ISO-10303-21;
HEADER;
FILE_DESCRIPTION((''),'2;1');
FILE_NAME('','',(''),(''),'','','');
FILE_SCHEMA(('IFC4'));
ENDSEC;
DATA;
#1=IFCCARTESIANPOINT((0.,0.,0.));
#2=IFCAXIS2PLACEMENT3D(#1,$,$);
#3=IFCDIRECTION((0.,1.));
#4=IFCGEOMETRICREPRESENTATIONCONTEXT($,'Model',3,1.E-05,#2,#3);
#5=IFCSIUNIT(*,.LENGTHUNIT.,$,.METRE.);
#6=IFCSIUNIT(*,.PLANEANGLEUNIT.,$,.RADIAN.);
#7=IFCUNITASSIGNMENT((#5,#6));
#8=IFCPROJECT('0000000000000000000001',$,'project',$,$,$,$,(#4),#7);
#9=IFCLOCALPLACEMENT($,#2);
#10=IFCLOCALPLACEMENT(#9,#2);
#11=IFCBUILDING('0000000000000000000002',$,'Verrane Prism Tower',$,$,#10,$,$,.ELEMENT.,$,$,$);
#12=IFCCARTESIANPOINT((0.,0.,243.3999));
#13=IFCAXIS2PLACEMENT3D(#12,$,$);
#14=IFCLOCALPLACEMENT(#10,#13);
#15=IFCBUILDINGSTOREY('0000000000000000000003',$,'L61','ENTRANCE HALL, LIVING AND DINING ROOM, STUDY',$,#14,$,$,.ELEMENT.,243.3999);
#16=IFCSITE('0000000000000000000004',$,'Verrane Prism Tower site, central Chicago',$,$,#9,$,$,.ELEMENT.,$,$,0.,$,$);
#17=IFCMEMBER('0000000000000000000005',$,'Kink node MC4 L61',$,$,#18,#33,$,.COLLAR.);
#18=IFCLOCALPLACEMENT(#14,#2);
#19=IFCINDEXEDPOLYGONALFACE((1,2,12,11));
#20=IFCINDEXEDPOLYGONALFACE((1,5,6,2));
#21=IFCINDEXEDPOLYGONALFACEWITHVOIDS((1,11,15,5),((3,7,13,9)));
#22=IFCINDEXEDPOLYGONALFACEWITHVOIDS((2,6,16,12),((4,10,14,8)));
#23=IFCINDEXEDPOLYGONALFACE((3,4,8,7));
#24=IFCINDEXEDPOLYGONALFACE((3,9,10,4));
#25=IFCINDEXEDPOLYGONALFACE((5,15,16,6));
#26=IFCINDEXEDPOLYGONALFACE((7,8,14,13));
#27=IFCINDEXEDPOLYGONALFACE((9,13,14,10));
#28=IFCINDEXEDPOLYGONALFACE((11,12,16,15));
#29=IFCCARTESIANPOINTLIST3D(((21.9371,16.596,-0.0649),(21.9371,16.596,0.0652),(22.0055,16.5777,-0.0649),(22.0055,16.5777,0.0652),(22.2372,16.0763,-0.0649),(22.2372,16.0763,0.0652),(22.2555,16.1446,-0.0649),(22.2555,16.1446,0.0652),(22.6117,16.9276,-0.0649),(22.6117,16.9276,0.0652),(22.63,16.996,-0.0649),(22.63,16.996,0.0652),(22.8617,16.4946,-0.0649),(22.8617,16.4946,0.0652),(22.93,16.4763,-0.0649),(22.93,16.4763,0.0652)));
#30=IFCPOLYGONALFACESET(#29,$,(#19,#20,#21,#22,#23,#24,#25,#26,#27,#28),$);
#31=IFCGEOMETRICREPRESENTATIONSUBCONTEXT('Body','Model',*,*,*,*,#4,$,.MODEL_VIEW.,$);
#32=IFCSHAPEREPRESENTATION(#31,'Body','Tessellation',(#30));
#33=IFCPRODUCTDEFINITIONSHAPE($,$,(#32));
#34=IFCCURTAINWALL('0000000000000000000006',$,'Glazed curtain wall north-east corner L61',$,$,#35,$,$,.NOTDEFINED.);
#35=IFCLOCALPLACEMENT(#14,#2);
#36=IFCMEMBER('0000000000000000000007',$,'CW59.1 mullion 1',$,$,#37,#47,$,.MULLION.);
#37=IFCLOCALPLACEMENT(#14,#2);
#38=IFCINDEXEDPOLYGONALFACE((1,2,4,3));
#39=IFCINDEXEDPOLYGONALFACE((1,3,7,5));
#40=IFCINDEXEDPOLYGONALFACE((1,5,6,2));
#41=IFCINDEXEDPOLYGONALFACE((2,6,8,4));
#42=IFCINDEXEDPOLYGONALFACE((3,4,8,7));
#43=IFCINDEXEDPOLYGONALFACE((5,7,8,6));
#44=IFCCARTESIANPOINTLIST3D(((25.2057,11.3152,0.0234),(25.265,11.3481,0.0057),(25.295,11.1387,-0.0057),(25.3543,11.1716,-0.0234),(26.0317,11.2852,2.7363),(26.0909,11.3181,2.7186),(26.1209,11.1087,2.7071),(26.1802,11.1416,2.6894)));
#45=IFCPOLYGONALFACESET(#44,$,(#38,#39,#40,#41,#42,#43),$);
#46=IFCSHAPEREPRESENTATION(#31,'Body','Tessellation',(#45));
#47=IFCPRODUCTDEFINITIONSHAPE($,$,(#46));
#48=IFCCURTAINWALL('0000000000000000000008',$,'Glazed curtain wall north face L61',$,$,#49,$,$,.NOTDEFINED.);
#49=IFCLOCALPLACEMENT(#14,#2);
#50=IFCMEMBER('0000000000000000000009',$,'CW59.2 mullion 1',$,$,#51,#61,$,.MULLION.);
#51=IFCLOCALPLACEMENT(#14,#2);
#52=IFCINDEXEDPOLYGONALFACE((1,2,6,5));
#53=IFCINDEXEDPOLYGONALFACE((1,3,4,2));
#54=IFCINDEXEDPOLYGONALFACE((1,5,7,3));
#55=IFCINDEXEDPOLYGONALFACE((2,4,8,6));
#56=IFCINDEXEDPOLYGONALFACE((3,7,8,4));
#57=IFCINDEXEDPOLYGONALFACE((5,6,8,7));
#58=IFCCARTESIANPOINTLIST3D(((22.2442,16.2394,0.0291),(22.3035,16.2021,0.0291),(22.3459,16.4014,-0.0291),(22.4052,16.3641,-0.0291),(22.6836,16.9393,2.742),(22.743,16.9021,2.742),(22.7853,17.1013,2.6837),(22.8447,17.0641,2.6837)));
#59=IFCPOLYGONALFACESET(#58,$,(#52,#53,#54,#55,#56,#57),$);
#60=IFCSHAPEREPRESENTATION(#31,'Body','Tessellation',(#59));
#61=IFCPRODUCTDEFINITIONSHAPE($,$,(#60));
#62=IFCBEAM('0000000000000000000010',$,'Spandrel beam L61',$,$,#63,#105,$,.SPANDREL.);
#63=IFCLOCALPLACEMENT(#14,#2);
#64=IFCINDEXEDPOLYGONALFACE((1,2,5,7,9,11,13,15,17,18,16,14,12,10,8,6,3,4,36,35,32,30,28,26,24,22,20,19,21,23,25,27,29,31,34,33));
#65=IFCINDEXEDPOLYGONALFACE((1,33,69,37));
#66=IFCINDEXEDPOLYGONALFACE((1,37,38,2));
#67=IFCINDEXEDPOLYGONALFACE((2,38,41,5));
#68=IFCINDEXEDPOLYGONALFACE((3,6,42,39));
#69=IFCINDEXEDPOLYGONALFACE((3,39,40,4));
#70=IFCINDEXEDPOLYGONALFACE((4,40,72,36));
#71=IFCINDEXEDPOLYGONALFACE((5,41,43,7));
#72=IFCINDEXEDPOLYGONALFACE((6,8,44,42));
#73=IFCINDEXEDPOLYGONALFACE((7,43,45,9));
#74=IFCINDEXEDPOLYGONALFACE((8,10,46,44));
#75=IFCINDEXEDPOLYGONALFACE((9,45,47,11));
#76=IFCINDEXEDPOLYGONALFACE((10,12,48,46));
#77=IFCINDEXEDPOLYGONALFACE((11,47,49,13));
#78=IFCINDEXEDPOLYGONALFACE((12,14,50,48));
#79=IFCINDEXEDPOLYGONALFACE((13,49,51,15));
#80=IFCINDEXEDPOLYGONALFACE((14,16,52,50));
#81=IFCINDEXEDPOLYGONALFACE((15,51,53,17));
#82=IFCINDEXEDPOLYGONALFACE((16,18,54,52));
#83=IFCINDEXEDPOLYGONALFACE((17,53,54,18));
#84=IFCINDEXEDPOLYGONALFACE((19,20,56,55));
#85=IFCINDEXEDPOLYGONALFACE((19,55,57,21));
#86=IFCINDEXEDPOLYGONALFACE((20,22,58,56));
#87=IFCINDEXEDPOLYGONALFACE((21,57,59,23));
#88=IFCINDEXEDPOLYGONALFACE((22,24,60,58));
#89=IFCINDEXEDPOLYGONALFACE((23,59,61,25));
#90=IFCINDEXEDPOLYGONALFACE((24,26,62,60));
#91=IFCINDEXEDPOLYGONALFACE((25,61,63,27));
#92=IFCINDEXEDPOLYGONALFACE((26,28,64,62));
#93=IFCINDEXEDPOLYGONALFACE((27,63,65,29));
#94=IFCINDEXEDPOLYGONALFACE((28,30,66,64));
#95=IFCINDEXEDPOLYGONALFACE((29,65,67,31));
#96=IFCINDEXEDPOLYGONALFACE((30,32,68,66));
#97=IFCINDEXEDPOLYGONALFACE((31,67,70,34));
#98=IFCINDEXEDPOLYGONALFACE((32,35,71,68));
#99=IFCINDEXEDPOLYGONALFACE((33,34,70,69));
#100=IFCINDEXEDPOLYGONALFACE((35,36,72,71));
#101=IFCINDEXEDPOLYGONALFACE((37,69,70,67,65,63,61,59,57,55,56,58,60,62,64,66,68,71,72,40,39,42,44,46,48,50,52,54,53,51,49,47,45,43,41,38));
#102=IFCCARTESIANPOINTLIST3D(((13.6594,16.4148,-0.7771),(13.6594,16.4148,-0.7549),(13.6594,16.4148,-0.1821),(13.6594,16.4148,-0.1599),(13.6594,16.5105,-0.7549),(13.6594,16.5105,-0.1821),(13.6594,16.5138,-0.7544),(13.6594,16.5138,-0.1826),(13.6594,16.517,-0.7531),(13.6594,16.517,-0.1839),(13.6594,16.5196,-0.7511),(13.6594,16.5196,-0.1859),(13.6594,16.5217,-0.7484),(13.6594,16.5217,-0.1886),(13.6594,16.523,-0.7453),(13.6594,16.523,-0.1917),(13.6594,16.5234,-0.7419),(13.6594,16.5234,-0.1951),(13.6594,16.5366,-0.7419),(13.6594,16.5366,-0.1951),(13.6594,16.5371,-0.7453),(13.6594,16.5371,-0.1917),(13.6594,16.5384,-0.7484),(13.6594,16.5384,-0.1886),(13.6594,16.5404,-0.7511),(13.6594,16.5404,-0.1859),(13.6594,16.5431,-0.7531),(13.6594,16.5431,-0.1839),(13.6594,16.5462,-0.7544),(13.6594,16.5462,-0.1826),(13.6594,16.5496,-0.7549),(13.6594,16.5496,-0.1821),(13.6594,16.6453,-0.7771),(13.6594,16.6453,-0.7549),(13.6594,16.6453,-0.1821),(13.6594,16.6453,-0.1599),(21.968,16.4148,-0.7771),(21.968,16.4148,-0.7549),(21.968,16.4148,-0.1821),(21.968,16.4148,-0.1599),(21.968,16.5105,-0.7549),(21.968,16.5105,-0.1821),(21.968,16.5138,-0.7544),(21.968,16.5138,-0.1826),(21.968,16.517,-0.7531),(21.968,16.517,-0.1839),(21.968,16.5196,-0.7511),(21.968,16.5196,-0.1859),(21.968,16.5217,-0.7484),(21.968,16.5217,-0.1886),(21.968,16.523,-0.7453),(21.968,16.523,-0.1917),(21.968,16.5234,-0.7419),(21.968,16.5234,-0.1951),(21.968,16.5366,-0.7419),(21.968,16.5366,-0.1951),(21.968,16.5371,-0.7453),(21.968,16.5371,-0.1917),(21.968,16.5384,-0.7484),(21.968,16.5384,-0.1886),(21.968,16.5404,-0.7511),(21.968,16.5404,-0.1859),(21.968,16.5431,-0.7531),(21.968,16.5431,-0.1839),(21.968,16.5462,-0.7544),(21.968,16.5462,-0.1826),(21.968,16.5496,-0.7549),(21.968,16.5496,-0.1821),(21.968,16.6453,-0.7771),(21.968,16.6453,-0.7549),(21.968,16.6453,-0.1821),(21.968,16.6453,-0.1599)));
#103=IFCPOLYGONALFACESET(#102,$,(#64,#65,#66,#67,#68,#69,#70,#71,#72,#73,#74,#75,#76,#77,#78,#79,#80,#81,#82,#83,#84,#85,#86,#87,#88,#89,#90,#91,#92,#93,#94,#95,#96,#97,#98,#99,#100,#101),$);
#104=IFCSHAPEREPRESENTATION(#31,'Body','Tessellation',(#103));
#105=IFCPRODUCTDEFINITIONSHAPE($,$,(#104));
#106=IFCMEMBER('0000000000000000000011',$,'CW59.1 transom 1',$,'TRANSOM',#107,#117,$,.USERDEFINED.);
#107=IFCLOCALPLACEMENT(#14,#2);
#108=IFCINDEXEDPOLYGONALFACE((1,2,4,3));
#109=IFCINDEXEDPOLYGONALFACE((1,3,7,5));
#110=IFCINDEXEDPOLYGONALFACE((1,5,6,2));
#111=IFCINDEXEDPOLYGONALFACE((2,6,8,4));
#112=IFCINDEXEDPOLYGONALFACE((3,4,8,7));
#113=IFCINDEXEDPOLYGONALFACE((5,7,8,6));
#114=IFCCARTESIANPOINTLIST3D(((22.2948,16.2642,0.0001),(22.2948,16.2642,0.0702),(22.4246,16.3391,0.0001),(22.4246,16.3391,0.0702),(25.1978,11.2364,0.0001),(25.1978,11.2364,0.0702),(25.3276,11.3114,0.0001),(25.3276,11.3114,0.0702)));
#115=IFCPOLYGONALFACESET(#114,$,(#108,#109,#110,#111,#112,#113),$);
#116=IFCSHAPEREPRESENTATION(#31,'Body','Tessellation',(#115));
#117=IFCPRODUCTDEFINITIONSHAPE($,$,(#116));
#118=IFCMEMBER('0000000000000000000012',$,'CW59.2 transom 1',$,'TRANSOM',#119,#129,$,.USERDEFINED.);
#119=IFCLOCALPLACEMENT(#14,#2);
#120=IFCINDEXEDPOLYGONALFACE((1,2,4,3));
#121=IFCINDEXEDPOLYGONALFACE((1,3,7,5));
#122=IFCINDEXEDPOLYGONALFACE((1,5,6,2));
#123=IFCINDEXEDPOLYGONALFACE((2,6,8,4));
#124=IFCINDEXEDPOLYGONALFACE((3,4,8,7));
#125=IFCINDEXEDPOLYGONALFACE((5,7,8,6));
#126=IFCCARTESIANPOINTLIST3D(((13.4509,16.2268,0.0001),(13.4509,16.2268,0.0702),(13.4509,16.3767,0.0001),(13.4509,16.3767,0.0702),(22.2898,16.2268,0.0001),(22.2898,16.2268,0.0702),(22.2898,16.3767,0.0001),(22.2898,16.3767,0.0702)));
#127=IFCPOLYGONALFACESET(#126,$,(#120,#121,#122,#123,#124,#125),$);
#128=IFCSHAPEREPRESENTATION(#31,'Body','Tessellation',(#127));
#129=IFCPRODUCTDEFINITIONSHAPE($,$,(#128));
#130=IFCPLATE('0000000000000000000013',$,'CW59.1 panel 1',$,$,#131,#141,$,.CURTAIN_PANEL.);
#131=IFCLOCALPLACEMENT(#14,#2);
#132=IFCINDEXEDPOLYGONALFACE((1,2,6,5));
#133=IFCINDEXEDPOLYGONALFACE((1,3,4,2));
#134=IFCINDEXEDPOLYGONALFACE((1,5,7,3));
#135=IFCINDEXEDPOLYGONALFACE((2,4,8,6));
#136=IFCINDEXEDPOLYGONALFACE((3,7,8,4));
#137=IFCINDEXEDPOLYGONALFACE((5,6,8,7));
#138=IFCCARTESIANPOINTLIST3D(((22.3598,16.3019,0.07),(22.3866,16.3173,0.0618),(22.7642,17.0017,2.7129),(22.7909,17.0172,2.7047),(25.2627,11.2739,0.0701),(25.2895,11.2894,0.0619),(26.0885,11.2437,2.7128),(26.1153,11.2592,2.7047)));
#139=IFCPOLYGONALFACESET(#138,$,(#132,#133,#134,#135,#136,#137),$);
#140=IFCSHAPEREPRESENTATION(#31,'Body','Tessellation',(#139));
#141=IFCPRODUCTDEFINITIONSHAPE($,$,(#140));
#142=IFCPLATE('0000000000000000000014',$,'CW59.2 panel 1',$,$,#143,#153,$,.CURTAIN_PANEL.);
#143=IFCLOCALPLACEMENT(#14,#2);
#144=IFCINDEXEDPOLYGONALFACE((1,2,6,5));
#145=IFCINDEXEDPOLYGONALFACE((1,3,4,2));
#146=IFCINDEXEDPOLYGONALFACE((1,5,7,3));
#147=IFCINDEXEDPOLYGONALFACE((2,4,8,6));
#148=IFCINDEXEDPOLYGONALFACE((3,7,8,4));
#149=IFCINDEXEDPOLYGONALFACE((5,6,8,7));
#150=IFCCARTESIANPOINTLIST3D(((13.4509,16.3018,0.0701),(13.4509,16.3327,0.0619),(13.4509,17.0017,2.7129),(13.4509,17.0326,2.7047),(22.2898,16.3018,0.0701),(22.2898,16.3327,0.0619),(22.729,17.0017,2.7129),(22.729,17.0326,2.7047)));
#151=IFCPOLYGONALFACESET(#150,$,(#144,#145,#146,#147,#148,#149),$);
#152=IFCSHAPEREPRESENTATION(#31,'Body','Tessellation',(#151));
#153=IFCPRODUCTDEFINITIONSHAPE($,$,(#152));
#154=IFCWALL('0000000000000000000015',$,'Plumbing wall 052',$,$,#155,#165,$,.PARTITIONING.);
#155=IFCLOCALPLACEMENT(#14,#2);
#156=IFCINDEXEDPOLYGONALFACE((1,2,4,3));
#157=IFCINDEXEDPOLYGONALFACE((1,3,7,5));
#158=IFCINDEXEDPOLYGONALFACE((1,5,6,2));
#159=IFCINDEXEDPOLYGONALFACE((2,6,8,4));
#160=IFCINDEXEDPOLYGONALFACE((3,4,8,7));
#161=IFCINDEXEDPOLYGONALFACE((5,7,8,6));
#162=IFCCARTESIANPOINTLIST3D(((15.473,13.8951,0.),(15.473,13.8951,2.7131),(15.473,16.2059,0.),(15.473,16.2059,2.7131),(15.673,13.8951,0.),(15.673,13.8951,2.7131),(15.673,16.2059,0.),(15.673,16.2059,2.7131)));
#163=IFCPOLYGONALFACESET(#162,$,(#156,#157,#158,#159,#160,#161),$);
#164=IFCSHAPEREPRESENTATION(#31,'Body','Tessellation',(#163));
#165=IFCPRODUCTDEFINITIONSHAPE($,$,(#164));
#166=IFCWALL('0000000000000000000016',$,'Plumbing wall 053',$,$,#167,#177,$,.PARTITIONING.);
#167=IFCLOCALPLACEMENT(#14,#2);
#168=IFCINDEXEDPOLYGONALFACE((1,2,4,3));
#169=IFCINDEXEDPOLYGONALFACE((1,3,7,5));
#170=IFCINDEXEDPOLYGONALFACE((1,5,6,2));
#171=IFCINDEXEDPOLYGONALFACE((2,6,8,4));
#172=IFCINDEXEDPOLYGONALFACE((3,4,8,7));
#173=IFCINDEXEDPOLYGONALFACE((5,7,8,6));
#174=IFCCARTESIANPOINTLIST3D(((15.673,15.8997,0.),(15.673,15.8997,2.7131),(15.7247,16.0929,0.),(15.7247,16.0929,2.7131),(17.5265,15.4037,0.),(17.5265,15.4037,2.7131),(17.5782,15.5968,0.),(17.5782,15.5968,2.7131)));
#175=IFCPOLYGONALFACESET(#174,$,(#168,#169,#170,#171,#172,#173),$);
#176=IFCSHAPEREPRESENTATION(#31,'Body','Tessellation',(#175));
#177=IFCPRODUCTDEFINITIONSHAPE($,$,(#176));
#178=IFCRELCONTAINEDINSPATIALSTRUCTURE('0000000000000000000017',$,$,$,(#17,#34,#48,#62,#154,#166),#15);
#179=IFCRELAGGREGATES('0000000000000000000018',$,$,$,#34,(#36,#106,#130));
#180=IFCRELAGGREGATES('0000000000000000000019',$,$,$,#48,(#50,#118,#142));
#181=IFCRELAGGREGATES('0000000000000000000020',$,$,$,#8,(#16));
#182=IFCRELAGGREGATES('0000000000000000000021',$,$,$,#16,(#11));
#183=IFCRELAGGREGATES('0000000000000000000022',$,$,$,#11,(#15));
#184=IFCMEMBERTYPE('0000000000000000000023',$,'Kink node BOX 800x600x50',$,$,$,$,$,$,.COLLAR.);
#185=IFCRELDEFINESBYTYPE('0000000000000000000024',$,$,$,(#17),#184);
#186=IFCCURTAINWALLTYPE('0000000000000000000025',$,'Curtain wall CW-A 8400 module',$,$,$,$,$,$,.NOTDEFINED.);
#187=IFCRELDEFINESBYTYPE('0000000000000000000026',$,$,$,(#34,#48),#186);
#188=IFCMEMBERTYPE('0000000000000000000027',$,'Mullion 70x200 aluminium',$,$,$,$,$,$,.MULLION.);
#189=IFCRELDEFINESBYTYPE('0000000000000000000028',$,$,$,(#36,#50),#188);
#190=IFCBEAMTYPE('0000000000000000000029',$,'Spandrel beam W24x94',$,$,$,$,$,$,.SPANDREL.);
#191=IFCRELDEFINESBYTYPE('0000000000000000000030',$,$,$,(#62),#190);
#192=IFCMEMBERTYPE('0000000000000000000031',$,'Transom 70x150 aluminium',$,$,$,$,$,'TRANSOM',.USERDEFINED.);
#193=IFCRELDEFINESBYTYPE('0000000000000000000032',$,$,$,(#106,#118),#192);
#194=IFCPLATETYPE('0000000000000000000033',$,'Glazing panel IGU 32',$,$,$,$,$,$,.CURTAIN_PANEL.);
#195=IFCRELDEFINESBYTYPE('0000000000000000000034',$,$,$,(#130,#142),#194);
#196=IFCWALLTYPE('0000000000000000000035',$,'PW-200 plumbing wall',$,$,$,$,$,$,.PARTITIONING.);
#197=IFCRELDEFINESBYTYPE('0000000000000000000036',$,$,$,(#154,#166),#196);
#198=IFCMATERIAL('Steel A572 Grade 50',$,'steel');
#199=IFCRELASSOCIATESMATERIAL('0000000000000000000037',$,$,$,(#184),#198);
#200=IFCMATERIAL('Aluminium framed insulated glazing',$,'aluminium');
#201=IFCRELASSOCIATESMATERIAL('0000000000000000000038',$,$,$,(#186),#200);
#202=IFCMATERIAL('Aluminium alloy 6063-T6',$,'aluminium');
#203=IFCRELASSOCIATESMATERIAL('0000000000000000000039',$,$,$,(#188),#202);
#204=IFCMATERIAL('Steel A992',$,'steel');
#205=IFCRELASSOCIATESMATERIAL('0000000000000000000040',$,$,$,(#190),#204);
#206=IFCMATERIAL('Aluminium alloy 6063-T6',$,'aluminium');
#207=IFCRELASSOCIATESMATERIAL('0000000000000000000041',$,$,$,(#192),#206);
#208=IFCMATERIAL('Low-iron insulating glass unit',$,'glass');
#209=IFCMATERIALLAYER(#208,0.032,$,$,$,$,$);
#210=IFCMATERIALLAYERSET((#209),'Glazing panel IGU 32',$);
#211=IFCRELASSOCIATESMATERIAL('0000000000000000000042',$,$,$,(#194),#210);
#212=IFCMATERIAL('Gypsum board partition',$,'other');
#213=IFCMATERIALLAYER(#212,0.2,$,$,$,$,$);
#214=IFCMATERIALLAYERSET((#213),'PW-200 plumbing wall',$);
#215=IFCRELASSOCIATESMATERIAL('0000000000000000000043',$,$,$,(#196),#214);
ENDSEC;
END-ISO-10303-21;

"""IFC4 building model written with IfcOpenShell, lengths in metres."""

from ifc_helpers import new_model, si_unit, direction, frame, frame_2d, origin, origin_2d, place, context, subcontext, project, spatial, polyline, rectangle, hollow_rectangle, i_section, outline, extrude, material, layer, layer_set, material_profile, profile_set, type_object, element, aggregate, save


model = new_model("IFC4")

# Units and contexts
model_context = context("Model", 3, precision=1e-05, world=origin(), true_north=direction((0.0, 1.0)))
body_context = subcontext(model_context, "Body", "Model", "MODEL_VIEW")
ifc_project = project(units=[si_unit("LENGTHUNIT", "METRE"), si_unit("PLANEANGLEUNIT", "RADIAN")], contexts=[model_context])

# Site, building, storey
site_placement = place(None, origin())
site = spatial("IfcSite", under=ifc_project, at=site_placement, Name="Verrane Prism Tower site, central Chicago", CompositionType="ELEMENT", RefElevation=0.0)
building_placement = place(site_placement, origin())
building = spatial("IfcBuilding", under=site, at=building_placement, Name="Verrane Prism Tower", CompositionType="ELEMENT")
storey_placement = place(building_placement, frame((0.0, 0.0, 243.3999)))
storey = spatial("IfcBuildingStorey", under=building, at=storey_placement, Name="L61", Description="ENTRANCE HALL, LIVING AND DINING ROOM, STUDY", CompositionType="ELEMENT", Elevation=243.3999)

# Member
ifc_material_1 = material(Name="Steel A572 Grade 50", Category="steel")
ifc_material_profile_1 = material_profile(ifc_material_1, hollow_rectangle(XDim=0.6001, YDim=0.8, WallThickness=0.05, at=origin_2d()), Name="BOX 800x600x50")
ifc_profile_set_1 = profile_set([ifc_material_profile_1], Name="Steel A572 Grade 50")
member_type_1 = type_object("IfcMemberType", Name="Kink node BOX 800x600x50", PredefinedType="COLLAR", material=ifc_profile_set_1)
for number, where, z_axis, x_axis, name in (
    (1, (22.4336, 16.5361, -0.0649), (0.0, 0.0, 1.0), (0.5, -0.866025, 0.0), "Kink node MC4 L61"),
):
    element("IfcMember", number, at=place(storey_placement, frame(where, z_axis=z_axis, x_axis=x_axis)), inside=storey, type_object=member_type_1, Name=name, PredefinedType="COLLAR", context=body_context, shape_type="SweptSolid", body=[
        extrude(hollow_rectangle(XDim=0.6001, YDim=0.8, WallThickness=0.05, at=origin_2d()), origin(), (0.0, 0.0, 1.0), 0.1301),
    ])

# Curtain walls, members
ifc_material_2 = material(Name="Aluminium framed insulated glazing", Category="aluminium")
curtain_wall_type = type_object("IfcCurtainWallType", Name="Curtain wall CW-A 8400 module", PredefinedType="NOTDEFINED", material=ifc_material_2)
curtain_wall_1_placement = place(storey_placement, origin())
curtain_wall_1 = element("IfcCurtainWall", 2, at=curtain_wall_1_placement, inside=storey, type_object=curtain_wall_type, Name="Glazed curtain wall north-east corner L61", PredefinedType="NOTDEFINED")
ifc_material_3 = material(Name="Aluminium alloy 6063-T6", Category="aluminium")
ifc_material_profile_2 = material_profile(ifc_material_3, rectangle(XDim=0.2, YDim=0.0701, at=origin_2d()), Name="Mullion 70x200 aluminium")
ifc_profile_set_2 = profile_set([ifc_material_profile_2], Name="Aluminium alloy 6063-T6")
member_type_2 = type_object("IfcMemberType", Name="Mullion 70x200 aluminium", PredefinedType="MULLION", material=ifc_profile_set_2)
member_1_placement = place(storey_placement, frame((25.28, 11.2434, 0.0), z_axis=(0.291231, -0.010589, 0.956594), x_axis=(0.446514, -0.882832, -0.145712)))
member_1 = element("IfcMember", 3, at=member_1_placement, type_object=member_type_2, Name="CW59.1 mullion 1", PredefinedType="MULLION", context=body_context, shape_type="SweptSolid", body=[
    extrude(rectangle(XDim=0.2, YDim=0.0701, at=origin_2d()), origin(), (0.0, 0.0, 1.0), 2.8359),
])
curtain_wall_2_placement = place(storey_placement, origin())
curtain_wall_2 = element("IfcCurtainWall", 4, at=curtain_wall_2_placement, inside=storey, type_object=curtain_wall_type, Name="Glazed curtain wall north face L61", PredefinedType="NOTDEFINED")
member_2_placement = place(storey_placement, frame((22.3247, 16.3018, 0.0), z_axis=(0.154956, 0.24681, 0.956595), x_axis=(0.508644, 0.810157, -0.291422)))
member_2 = element("IfcMember", 5, at=member_2_placement, type_object=member_type_2, Name="CW59.2 mullion 1", PredefinedType="MULLION", context=body_context, shape_type="SweptSolid", body=[
    extrude(rectangle(XDim=0.2, YDim=0.0701, at=origin_2d()), origin(), (0.0, 0.0, 1.0), 2.8359),
])

# Beam
ifc_material_4 = material(Name="Steel A992", Category="steel")
ifc_material_profile_3 = material_profile(ifc_material_4, i_section(OverallWidth=0.2305, OverallDepth=0.6172, WebThickness=0.0132, FlangeThickness=0.0222, FilletRadius=0.0129, at=origin_2d()), Name="W24x94")
ifc_profile_set_3 = profile_set([ifc_material_profile_3], Name="Steel A992")
beam_type_1 = type_object("IfcBeamType", Name="Spandrel beam W24x94", PredefinedType="SPANDREL", material=ifc_profile_set_3)
beam_1_placement = place(storey_placement, frame((21.968, 16.53, -0.4685), z_axis=(-1.0, 0.0, 0.0), x_axis=(0.0, -1.0, 0.0)))
element("IfcBeam", 6, at=beam_1_placement, inside=storey, type_object=beam_type_1, Name="Spandrel beam L61", PredefinedType="SPANDREL", context=body_context, shape_type="SweptSolid", body=[
    extrude(i_section(OverallWidth=0.2305, OverallDepth=0.6172, WebThickness=0.0132, FlangeThickness=0.0222, FilletRadius=0.0129, at=origin_2d()), origin(), (0.0, 0.0, 1.0), 8.3086),
])

# Members
ifc_material_5 = material(Name="Aluminium alloy 6063-T6", Category="aluminium")
ifc_material_profile_4 = material_profile(ifc_material_5, rectangle(XDim=0.1499, YDim=0.0701, at=origin_2d()), Name="Transom 70x150 aluminium")
ifc_profile_set_4 = profile_set([ifc_material_profile_4], Name="Aluminium alloy 6063-T6")
member_type_3 = type_object("IfcMemberType", Name="Transom 70x150 aluminium", ElementType="TRANSOM", PredefinedType="USERDEFINED", material=ifc_profile_set_4)
member_3_placement = place(storey_placement, frame((25.2627, 11.2739, 0.0352), z_axis=(-0.500033, 0.866006, 0.0), x_axis=(-0.866006, -0.500033, 0.0)))
member_3 = element("IfcMember", 7, at=member_3_placement, type_object=member_type_3, Name="CW59.1 transom 1", ObjectType="TRANSOM", PredefinedType="USERDEFINED", context=body_context, shape_type="SweptSolid", body=[
    extrude(rectangle(XDim=0.1499, YDim=0.0701, at=origin_2d()), origin(), (0.0, 0.0, 1.0), 5.8057),
])
member_4_placement = place(storey_placement, frame((22.2898, 16.3018, 0.0352), z_axis=(-1.0, 0.0, 0.0), x_axis=(0.0, -1.0, 0.0)))
member_4 = element("IfcMember", 8, at=member_4_placement, type_object=member_type_3, Name="CW59.2 transom 1", ObjectType="TRANSOM", PredefinedType="USERDEFINED", context=body_context, shape_type="SweptSolid", body=[
    extrude(rectangle(XDim=0.1499, YDim=0.0701, at=origin_2d()), origin(), (0.0, 0.0, 1.0), 8.8389),
])

# Plates
ifc_material_6 = material(Name="Low-iron insulating glass unit", Category="glass")
ifc_layer_1 = layer(ifc_material_6, 0.032)
ifc_layer_set_1 = layer_set([ifc_layer_1], Name="Glazing panel IGU 32")
plate_type = type_object("IfcPlateType", Name="Glazing panel IGU 32", PredefinedType="CURTAIN_PANEL", material=ifc_layer_set_1)
plate_1_placement = place(storey_placement, frame((25.2627, 11.2739, 0.0701), z_axis=(-0.837146, -0.483331, 0.256081), x_axis=(-0.500005, 0.866022, -0.000008)))
plate_1 = element("IfcPlate", 9, at=plate_1_placement, type_object=plate_type, Name="CW59.1 panel 1", PredefinedType="CURTAIN_PANEL", context=body_context, shape_type="SweptSolid", body=[
    extrude(outline(polyline([(0.0, 0.0), (5.8058, 0.0), (6.2096, -2.734), (-0.4391, -2.7339), (0.0, 0.0)])), origin(), (0.0, 0.0, -1.0), 0.032),
])
aggregate(curtain_wall_1, [member_1, member_3, plate_1])
plate_2_placement = place(storey_placement, frame((22.2898, 16.3018, 0.0701), z_axis=(0.0, -0.966671, 0.256023), x_axis=(-1.0, 0.0, 0.0)))
plate_2 = element("IfcPlate", 10, at=plate_2_placement, type_object=plate_type, Name="CW59.2 panel 1", PredefinedType="CURTAIN_PANEL", context=body_context, shape_type="SweptSolid", body=[
    extrude(outline(polyline([(0.0, 0.0), (8.8389, 0.0), (8.8389, -2.7339), (-0.4392, -2.7339), (0.0, 0.0)])), origin(), (0.0, 0.0, -1.0), 0.032),
])
aggregate(curtain_wall_2, [member_2, member_4, plate_2])

# Walls
ifc_material_7 = material(Name="Gypsum board partition", Category="other")
ifc_layer_2 = layer(ifc_material_7, 0.2)
ifc_layer_set_2 = layer_set([ifc_layer_2], Name="PW-200 plumbing wall")
wall_type = type_object("IfcWallType", Name="PW-200 plumbing wall", PredefinedType="PARTITIONING", material=ifc_layer_set_2)
wall_1_placement = place(storey_placement, frame((15.573, 13.8953, 0.0), z_axis=(0.0, 0.0, 1.0), x_axis=(0.0, 1.0, 0.0)))
element("IfcWall", 11, at=wall_1_placement, inside=storey, type_object=wall_type, Name="Plumbing wall 052", PredefinedType="PARTITIONING", context=body_context, shape_type="SweptSolid", body=[
    extrude(rectangle(XDim=2.3108, YDim=0.2, at=frame_2d((1.1553, 0.0))), origin(), (0.0, 0.0, 1.0), 2.7131),
])
wall_2_placement = place(storey_placement, frame((15.6987, 15.9963, 0.0), z_axis=(0.0, 0.0, 1.0), x_axis=(0.965998, -0.25855, 0.0)))
element("IfcWall", 12, at=wall_2_placement, inside=storey, type_object=wall_type, Name="Plumbing wall 053", PredefinedType="PARTITIONING", context=body_context, shape_type="SweptSolid", body=[
    extrude(rectangle(XDim=1.9187, YDim=0.2, at=frame_2d((0.9595, 0.0))), origin(), (0.0, 0.0, 1.0), 2.7131),
])

save(model, "model.ifc")
